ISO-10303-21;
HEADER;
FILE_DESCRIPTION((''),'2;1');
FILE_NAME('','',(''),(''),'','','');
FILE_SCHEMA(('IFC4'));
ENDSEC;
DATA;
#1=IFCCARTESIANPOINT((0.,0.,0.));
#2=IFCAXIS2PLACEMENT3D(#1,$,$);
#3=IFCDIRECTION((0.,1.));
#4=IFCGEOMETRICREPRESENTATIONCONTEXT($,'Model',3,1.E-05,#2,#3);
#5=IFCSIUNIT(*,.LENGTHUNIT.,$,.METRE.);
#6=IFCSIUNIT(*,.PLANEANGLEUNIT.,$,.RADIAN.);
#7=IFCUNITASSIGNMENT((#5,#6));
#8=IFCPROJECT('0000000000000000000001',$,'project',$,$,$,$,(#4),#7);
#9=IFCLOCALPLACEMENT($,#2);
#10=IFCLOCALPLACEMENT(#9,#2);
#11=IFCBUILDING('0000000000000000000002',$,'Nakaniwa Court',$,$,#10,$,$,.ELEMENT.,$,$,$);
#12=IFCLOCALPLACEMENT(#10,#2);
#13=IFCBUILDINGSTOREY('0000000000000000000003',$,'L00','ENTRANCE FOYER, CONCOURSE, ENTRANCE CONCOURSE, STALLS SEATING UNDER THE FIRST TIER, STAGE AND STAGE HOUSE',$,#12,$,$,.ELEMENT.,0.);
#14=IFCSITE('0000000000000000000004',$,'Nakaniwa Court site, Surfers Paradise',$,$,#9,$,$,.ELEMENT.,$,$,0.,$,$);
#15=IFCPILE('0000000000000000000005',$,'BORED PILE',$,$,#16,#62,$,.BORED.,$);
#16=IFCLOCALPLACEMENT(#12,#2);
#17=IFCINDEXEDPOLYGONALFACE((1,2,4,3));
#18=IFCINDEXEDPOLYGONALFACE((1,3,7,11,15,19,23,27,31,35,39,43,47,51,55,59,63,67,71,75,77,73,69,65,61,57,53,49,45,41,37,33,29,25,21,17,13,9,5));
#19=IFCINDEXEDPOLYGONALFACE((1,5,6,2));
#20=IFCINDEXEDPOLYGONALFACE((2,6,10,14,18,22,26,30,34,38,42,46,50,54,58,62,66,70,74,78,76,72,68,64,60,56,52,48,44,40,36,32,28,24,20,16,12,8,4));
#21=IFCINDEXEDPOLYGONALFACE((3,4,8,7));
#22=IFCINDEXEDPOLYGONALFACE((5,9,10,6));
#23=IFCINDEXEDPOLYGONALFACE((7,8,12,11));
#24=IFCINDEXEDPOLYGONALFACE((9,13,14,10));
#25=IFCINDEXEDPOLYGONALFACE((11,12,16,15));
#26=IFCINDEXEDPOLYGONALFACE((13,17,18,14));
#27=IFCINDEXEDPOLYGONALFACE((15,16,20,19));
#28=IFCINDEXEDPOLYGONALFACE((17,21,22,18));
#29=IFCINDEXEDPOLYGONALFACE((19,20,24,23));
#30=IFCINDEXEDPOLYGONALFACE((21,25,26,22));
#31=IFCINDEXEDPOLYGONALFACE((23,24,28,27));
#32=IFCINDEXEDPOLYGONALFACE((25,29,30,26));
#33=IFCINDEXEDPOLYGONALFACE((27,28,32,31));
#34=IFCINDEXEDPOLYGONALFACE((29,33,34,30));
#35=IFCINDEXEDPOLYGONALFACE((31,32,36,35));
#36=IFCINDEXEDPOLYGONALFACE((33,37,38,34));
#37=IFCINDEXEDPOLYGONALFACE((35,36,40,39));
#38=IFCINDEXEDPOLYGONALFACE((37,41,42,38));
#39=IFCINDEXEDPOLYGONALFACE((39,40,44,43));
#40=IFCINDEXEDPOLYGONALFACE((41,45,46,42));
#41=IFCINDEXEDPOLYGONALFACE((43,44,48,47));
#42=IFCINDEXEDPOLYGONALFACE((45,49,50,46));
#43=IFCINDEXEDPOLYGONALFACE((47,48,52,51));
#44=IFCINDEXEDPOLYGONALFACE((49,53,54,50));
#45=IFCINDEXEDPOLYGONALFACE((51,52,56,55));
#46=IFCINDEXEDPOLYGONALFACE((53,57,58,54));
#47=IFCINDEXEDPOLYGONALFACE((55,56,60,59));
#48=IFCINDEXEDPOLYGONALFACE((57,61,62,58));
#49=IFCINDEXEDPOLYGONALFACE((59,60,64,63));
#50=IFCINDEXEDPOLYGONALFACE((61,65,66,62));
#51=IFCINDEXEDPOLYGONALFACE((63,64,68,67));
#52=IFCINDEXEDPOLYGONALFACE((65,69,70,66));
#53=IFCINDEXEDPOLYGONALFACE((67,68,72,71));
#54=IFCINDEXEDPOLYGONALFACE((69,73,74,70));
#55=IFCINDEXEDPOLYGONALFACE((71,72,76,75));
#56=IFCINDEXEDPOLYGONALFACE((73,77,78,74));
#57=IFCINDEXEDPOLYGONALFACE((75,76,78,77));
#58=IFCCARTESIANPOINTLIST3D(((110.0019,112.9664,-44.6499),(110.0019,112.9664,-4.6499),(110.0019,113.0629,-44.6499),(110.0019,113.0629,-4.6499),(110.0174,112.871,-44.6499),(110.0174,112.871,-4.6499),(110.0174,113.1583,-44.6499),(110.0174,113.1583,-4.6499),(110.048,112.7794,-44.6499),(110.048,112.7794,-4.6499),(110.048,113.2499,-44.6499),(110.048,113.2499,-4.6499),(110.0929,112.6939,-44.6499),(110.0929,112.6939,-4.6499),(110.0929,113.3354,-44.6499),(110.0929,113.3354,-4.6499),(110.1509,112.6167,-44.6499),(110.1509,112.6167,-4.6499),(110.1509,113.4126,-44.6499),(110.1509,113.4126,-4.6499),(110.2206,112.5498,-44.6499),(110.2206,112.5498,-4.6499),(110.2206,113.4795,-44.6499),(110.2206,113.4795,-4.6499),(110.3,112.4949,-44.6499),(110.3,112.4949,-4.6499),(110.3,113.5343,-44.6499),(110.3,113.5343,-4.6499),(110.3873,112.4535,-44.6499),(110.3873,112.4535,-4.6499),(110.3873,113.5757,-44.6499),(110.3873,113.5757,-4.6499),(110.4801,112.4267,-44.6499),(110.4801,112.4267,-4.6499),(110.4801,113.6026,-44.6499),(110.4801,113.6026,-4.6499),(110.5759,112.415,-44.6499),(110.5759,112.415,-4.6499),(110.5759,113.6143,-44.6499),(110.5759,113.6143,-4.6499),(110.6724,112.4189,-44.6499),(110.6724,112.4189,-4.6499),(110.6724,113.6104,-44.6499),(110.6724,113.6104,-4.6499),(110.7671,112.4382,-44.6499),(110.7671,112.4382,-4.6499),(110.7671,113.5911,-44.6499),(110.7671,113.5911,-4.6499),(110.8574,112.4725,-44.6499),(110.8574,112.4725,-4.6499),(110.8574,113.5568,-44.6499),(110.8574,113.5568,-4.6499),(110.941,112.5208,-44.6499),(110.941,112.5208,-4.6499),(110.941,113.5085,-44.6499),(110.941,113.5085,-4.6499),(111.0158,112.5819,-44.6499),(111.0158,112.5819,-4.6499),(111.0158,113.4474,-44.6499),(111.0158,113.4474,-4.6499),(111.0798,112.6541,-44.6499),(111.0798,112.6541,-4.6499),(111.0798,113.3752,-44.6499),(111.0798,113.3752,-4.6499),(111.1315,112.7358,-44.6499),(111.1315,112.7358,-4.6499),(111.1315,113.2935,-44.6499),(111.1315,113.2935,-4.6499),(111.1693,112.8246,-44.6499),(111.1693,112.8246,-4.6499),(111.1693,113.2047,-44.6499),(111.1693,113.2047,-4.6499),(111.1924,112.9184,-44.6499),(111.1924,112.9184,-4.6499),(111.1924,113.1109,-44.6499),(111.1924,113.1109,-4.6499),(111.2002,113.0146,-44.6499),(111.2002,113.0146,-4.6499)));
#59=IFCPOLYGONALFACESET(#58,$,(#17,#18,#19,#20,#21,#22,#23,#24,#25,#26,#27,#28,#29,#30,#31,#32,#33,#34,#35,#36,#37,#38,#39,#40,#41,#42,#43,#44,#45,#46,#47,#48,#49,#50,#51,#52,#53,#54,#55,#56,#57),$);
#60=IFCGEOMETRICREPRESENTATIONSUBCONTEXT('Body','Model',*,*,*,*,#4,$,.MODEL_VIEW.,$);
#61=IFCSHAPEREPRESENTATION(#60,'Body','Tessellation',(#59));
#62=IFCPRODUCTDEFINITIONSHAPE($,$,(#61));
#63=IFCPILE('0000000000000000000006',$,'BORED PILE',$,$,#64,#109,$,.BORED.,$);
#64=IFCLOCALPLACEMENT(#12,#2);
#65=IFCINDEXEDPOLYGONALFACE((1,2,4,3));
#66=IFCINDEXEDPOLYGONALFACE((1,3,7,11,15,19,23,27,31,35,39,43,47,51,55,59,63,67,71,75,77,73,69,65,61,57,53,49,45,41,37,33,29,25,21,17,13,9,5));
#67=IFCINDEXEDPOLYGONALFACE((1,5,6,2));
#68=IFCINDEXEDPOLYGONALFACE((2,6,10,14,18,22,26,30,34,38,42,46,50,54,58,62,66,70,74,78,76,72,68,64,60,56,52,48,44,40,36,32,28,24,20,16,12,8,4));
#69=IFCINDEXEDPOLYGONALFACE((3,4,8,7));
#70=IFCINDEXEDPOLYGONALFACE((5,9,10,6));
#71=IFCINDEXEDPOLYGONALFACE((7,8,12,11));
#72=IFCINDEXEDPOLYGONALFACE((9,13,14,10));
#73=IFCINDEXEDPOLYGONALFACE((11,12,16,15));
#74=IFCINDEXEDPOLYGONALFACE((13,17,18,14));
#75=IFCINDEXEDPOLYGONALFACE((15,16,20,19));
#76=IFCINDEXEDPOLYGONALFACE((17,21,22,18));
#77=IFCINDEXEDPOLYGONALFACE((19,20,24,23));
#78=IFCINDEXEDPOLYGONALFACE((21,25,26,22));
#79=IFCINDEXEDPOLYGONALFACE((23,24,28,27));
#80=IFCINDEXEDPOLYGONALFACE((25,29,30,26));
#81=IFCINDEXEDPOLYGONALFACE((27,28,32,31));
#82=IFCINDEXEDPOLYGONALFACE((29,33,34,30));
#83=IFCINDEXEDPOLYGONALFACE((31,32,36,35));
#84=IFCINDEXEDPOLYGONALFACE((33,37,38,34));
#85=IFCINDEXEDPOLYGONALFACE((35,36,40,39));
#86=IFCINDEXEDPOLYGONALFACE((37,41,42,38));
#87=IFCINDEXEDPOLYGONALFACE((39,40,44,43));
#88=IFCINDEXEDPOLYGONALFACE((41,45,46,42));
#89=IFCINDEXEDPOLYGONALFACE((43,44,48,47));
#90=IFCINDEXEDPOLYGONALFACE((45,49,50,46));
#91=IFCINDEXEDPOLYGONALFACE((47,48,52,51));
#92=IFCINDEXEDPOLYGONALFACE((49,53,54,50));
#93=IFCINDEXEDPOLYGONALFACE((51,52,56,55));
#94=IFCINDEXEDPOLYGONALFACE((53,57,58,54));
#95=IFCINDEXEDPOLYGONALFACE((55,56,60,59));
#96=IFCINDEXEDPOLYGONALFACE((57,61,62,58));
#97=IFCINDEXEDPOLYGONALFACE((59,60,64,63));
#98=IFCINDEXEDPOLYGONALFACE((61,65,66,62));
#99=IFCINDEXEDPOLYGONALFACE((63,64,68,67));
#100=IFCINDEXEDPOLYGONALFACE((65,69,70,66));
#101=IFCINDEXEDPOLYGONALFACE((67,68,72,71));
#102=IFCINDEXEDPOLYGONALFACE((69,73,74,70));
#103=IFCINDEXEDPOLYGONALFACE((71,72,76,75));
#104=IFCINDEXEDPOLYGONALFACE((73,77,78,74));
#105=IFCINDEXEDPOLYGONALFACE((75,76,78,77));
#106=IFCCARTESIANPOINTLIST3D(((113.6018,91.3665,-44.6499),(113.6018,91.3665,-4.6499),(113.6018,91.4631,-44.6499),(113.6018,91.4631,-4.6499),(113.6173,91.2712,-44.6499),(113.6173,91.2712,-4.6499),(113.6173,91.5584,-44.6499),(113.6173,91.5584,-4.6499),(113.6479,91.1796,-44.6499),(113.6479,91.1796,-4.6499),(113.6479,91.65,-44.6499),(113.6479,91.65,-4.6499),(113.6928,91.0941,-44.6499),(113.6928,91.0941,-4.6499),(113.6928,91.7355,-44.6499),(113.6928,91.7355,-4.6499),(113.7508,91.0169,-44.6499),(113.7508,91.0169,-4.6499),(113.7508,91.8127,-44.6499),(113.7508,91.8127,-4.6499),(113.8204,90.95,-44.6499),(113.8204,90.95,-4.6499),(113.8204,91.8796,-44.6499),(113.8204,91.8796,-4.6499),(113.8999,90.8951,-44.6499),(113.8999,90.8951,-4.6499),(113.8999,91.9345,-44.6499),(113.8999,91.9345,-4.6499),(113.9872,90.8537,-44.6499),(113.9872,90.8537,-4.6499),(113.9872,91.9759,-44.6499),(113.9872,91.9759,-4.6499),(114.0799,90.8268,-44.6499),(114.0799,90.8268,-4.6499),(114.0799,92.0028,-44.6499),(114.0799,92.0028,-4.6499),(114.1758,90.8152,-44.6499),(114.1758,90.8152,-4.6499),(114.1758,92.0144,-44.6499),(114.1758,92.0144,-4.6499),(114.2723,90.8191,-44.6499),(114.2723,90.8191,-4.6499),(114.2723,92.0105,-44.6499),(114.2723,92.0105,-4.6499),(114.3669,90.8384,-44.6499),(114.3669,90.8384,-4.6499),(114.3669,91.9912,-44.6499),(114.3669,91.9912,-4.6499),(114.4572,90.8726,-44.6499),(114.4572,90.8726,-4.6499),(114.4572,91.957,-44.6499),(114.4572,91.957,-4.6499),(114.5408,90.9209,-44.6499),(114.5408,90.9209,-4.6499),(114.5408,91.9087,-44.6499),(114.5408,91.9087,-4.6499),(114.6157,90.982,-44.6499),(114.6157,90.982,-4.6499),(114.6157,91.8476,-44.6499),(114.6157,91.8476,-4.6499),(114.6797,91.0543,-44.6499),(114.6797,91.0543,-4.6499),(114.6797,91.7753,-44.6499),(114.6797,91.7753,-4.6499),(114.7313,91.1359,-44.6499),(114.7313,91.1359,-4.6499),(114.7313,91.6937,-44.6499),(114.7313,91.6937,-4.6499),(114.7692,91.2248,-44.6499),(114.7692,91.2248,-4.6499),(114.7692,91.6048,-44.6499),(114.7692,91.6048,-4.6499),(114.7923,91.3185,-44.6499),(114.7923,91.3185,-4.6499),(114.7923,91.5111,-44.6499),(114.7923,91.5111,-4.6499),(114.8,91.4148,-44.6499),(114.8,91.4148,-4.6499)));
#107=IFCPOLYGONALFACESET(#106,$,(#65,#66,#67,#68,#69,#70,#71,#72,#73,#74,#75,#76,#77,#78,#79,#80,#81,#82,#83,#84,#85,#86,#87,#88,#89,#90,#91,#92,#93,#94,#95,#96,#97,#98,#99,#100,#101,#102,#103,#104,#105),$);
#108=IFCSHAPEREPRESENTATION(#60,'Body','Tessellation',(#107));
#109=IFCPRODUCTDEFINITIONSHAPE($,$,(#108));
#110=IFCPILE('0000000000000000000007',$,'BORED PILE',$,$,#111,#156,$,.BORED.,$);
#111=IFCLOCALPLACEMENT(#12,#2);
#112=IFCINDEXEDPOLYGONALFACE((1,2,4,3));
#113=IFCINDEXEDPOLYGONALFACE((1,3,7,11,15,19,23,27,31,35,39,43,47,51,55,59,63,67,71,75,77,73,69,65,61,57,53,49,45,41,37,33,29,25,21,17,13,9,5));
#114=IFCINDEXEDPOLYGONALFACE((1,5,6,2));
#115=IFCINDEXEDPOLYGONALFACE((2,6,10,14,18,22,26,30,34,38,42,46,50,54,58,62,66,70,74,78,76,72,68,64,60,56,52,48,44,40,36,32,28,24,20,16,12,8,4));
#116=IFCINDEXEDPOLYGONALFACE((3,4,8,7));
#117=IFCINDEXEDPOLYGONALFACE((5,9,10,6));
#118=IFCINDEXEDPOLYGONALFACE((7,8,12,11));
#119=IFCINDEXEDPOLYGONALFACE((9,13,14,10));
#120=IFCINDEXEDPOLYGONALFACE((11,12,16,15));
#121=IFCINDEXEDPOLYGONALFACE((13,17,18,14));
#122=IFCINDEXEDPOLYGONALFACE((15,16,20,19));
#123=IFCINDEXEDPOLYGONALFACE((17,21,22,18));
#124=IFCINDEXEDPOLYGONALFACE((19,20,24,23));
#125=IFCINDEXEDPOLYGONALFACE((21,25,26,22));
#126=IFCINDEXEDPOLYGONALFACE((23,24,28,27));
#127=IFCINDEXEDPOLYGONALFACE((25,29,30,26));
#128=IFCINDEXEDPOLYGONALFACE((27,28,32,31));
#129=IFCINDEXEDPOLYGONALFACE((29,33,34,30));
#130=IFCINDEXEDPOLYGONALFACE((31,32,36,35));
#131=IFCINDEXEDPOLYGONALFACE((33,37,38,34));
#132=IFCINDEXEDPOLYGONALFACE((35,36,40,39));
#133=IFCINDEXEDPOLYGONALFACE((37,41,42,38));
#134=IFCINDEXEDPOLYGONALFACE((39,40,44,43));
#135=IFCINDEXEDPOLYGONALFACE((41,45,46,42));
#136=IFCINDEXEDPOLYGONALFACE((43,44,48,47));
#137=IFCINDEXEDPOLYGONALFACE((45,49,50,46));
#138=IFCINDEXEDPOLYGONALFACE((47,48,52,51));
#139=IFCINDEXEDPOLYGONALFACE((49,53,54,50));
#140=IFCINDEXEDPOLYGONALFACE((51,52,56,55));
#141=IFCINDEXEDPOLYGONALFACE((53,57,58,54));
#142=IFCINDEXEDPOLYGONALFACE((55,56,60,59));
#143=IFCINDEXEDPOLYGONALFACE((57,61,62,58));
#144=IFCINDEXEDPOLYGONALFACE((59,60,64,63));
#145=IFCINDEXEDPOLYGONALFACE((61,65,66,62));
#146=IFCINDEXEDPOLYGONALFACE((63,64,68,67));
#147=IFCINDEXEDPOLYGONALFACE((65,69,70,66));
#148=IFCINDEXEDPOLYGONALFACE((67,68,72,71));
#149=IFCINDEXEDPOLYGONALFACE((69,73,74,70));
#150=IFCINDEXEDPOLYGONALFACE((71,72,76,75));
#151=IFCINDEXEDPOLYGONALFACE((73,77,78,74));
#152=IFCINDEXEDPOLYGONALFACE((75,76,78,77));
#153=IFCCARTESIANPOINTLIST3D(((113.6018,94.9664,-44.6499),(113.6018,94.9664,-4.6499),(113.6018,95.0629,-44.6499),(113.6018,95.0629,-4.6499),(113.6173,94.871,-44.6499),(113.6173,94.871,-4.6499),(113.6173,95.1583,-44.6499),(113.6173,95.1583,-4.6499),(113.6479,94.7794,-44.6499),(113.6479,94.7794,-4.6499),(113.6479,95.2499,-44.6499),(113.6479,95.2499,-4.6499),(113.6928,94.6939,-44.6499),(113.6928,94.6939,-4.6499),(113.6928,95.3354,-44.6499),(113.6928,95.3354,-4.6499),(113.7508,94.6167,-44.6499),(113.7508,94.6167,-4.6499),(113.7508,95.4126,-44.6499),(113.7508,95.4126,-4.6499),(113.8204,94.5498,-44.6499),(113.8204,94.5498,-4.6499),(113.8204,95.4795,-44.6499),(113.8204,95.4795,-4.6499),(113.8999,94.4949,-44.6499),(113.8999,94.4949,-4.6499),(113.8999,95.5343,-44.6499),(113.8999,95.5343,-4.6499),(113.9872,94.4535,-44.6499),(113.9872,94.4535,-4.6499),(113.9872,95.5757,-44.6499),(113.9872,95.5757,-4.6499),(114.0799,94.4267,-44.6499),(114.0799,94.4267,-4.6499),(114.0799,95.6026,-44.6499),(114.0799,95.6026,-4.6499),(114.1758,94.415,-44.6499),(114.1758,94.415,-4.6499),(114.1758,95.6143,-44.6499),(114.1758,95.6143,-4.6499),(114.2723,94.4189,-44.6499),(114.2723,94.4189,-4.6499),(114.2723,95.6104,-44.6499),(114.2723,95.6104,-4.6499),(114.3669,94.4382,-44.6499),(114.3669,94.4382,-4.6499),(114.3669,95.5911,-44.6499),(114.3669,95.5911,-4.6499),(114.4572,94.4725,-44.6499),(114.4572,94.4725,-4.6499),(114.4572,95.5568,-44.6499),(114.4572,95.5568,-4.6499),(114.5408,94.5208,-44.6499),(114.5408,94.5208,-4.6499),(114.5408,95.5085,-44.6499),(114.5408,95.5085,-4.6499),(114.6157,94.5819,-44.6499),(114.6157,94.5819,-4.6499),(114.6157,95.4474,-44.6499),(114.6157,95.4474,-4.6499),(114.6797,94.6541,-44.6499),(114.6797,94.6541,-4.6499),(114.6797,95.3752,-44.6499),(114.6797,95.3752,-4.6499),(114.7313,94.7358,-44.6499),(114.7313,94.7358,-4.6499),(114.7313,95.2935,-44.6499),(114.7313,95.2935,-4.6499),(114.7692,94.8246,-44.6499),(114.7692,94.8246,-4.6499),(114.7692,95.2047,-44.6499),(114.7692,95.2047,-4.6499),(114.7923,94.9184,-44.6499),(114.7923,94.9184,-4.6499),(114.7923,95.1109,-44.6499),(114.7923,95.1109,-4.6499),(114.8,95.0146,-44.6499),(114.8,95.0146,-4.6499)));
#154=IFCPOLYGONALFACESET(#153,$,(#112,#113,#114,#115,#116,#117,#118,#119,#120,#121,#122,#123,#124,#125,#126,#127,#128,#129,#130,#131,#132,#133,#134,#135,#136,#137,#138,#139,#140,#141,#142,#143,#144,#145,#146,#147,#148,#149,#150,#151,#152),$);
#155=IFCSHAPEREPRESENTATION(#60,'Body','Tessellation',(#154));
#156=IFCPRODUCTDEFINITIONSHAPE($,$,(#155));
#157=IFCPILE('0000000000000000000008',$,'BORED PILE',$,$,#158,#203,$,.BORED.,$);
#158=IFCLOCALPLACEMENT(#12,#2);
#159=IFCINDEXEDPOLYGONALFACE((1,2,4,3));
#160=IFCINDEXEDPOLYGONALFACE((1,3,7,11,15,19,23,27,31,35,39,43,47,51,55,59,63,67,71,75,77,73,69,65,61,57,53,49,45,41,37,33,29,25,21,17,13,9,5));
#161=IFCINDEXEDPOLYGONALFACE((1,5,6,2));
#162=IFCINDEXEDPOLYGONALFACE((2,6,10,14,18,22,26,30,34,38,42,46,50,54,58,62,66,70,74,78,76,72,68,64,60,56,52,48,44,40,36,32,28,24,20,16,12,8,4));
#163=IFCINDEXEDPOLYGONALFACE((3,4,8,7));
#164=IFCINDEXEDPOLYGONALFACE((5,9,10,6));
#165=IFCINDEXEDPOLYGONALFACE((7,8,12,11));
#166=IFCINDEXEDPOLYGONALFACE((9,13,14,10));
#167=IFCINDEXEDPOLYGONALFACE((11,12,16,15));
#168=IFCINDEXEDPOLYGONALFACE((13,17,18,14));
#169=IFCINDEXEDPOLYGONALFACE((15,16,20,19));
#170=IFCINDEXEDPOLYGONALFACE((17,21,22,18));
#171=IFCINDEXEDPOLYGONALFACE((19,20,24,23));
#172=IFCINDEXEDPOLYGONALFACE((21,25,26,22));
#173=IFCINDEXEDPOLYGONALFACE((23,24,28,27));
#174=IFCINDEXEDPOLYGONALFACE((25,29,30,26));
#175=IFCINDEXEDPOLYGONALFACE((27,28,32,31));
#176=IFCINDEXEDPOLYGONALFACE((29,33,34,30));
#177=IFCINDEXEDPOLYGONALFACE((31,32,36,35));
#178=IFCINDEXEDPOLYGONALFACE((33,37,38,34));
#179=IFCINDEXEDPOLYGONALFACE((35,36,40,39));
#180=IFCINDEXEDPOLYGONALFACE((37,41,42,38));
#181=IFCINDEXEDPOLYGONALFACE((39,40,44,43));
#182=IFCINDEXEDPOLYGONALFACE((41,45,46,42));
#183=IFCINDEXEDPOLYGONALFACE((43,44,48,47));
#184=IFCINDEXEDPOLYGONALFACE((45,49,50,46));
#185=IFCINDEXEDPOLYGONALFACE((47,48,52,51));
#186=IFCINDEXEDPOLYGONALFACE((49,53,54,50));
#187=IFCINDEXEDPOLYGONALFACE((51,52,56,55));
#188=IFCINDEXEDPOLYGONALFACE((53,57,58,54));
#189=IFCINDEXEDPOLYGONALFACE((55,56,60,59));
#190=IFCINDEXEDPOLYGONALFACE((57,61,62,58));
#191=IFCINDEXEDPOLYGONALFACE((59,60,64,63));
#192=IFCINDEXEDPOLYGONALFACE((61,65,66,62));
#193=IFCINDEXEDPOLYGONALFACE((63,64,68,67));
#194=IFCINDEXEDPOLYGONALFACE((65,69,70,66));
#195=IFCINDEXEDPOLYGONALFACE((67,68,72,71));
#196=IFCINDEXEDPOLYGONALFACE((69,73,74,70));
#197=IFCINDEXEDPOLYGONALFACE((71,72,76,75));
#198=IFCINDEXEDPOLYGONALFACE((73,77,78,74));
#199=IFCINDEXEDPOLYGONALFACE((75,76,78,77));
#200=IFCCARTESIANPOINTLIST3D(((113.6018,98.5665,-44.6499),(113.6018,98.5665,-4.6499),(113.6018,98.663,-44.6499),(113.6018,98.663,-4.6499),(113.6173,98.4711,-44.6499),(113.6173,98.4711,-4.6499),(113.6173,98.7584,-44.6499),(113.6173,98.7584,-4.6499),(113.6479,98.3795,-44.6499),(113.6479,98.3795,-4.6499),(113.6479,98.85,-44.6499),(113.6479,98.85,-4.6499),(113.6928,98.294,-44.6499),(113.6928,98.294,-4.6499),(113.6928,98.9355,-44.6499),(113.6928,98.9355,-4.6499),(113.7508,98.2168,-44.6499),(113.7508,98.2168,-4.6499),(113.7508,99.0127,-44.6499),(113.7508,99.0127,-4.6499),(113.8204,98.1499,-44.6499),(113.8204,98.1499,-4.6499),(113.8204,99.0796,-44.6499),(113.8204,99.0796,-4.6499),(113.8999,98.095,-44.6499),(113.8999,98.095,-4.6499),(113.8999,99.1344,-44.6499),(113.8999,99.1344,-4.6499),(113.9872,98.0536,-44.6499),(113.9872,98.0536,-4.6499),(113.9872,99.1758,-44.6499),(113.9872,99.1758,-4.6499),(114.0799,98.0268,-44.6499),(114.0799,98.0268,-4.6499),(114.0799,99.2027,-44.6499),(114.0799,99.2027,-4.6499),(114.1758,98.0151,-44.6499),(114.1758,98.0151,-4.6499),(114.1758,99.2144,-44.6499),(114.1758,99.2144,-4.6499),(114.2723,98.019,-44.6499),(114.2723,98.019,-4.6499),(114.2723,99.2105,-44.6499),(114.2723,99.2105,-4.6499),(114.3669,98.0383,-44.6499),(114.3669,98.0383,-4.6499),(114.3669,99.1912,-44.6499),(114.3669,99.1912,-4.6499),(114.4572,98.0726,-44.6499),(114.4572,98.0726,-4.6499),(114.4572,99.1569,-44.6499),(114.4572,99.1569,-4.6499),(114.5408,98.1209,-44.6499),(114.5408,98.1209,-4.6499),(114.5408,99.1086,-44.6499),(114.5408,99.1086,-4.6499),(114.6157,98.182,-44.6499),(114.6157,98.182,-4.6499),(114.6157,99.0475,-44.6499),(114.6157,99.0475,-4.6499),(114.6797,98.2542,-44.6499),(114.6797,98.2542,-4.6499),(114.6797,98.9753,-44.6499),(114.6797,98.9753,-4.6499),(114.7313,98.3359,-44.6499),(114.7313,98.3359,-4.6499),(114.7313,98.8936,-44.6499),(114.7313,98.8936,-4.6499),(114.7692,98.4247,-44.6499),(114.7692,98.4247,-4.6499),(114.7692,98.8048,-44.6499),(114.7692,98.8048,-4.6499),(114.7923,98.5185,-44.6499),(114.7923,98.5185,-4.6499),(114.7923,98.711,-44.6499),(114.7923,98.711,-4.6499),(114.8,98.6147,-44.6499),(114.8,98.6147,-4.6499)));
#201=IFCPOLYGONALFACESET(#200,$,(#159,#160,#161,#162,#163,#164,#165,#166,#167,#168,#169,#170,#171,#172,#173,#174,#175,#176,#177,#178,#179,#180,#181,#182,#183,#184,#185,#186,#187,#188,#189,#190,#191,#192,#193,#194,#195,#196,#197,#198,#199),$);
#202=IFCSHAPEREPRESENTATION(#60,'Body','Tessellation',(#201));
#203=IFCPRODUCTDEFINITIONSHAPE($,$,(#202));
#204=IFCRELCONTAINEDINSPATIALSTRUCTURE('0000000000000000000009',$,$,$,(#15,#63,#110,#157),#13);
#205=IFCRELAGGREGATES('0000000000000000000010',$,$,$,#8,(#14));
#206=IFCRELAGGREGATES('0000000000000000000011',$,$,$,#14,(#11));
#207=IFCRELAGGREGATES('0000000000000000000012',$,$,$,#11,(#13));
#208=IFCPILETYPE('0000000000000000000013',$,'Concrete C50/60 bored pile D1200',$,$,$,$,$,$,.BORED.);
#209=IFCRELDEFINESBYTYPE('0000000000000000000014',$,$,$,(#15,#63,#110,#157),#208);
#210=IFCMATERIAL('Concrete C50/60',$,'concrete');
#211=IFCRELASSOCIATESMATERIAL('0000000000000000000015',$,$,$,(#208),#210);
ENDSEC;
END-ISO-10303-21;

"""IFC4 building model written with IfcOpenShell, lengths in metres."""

from ifc_helpers import new_model, si_unit, direction, frame, origin, origin_2d, place, context, subcontext, project, spatial, circle, extrude, material, material_profile, profile_set, type_object, element, save


model = new_model("IFC4")

# Units and contexts
model_context = context("Model", 3, precision=1e-05, world=origin(), true_north=direction((0.0, 1.0)))
body_context = subcontext(model_context, "Body", "Model", "MODEL_VIEW")
ifc_project = project(units=[si_unit("LENGTHUNIT", "METRE"), si_unit("PLANEANGLEUNIT", "RADIAN")], contexts=[model_context])

# Site, building, storey
site_placement = place(None, origin())
site = spatial("IfcSite", under=ifc_project, at=site_placement, Name="Nakaniwa Court site, Surfers Paradise", CompositionType="ELEMENT", RefElevation=0.0)
building_placement = place(site_placement, origin())
building = spatial("IfcBuilding", under=site, at=building_placement, Name="Nakaniwa Court", CompositionType="ELEMENT")
storey_placement = place(building_placement, origin())
storey = spatial("IfcBuildingStorey", under=building, at=storey_placement, Name="L00", Description="ENTRANCE FOYER, CONCOURSE, ENTRANCE CONCOURSE, STALLS SEATING UNDER THE FIRST TIER, STAGE AND STAGE HOUSE", CompositionType="ELEMENT", Elevation=0.0)

# Piles
ifc_material_1 = material(Name="Concrete C50/60", Category="concrete")
ifc_material_profile_1 = material_profile(ifc_material_1, circle(Radius=0.6001, at=origin_2d()), Name="Concrete C50/60 bored pile D1200")
ifc_profile_set_1 = profile_set([ifc_material_profile_1], Name="Concrete C50/60")
pile_type = type_object("IfcPileType", Name="Concrete C50/60 bored pile D1200", PredefinedType="BORED", material=ifc_profile_set_1)
for number, where, z_axis, x_axis, name in (
    (1, (110.6001, 113.0146, -4.6499), (0.0, 0.0, -1.0), (1.0, 0.0, 0.0), "BORED PILE"),
    (2, (114.2, 91.4148, -4.6499), (0.0, 0.0, -1.0), (1.0, 0.0, 0.0), "BORED PILE"),
    (3, (114.2, 95.0146, -4.6499), (0.0, 0.0, -1.0), (1.0, 0.0, 0.0), "BORED PILE"),
    (4, (114.2, 98.6147, -4.6499), (0.0, 0.0, -1.0), (1.0, 0.0, 0.0), "BORED PILE"),
):
    element("IfcPile", number, at=place(storey_placement, frame(where, z_axis=z_axis, x_axis=x_axis)), inside=storey, type_object=pile_type, Name=name, PredefinedType="BORED", context=body_context, shape_type="SweptSolid", body=[
        extrude(circle(Radius=0.6001, at=origin_2d()), origin(), (0.0, 0.0, 1.0), 40.0),
    ])

save(model, "model.ifc")
